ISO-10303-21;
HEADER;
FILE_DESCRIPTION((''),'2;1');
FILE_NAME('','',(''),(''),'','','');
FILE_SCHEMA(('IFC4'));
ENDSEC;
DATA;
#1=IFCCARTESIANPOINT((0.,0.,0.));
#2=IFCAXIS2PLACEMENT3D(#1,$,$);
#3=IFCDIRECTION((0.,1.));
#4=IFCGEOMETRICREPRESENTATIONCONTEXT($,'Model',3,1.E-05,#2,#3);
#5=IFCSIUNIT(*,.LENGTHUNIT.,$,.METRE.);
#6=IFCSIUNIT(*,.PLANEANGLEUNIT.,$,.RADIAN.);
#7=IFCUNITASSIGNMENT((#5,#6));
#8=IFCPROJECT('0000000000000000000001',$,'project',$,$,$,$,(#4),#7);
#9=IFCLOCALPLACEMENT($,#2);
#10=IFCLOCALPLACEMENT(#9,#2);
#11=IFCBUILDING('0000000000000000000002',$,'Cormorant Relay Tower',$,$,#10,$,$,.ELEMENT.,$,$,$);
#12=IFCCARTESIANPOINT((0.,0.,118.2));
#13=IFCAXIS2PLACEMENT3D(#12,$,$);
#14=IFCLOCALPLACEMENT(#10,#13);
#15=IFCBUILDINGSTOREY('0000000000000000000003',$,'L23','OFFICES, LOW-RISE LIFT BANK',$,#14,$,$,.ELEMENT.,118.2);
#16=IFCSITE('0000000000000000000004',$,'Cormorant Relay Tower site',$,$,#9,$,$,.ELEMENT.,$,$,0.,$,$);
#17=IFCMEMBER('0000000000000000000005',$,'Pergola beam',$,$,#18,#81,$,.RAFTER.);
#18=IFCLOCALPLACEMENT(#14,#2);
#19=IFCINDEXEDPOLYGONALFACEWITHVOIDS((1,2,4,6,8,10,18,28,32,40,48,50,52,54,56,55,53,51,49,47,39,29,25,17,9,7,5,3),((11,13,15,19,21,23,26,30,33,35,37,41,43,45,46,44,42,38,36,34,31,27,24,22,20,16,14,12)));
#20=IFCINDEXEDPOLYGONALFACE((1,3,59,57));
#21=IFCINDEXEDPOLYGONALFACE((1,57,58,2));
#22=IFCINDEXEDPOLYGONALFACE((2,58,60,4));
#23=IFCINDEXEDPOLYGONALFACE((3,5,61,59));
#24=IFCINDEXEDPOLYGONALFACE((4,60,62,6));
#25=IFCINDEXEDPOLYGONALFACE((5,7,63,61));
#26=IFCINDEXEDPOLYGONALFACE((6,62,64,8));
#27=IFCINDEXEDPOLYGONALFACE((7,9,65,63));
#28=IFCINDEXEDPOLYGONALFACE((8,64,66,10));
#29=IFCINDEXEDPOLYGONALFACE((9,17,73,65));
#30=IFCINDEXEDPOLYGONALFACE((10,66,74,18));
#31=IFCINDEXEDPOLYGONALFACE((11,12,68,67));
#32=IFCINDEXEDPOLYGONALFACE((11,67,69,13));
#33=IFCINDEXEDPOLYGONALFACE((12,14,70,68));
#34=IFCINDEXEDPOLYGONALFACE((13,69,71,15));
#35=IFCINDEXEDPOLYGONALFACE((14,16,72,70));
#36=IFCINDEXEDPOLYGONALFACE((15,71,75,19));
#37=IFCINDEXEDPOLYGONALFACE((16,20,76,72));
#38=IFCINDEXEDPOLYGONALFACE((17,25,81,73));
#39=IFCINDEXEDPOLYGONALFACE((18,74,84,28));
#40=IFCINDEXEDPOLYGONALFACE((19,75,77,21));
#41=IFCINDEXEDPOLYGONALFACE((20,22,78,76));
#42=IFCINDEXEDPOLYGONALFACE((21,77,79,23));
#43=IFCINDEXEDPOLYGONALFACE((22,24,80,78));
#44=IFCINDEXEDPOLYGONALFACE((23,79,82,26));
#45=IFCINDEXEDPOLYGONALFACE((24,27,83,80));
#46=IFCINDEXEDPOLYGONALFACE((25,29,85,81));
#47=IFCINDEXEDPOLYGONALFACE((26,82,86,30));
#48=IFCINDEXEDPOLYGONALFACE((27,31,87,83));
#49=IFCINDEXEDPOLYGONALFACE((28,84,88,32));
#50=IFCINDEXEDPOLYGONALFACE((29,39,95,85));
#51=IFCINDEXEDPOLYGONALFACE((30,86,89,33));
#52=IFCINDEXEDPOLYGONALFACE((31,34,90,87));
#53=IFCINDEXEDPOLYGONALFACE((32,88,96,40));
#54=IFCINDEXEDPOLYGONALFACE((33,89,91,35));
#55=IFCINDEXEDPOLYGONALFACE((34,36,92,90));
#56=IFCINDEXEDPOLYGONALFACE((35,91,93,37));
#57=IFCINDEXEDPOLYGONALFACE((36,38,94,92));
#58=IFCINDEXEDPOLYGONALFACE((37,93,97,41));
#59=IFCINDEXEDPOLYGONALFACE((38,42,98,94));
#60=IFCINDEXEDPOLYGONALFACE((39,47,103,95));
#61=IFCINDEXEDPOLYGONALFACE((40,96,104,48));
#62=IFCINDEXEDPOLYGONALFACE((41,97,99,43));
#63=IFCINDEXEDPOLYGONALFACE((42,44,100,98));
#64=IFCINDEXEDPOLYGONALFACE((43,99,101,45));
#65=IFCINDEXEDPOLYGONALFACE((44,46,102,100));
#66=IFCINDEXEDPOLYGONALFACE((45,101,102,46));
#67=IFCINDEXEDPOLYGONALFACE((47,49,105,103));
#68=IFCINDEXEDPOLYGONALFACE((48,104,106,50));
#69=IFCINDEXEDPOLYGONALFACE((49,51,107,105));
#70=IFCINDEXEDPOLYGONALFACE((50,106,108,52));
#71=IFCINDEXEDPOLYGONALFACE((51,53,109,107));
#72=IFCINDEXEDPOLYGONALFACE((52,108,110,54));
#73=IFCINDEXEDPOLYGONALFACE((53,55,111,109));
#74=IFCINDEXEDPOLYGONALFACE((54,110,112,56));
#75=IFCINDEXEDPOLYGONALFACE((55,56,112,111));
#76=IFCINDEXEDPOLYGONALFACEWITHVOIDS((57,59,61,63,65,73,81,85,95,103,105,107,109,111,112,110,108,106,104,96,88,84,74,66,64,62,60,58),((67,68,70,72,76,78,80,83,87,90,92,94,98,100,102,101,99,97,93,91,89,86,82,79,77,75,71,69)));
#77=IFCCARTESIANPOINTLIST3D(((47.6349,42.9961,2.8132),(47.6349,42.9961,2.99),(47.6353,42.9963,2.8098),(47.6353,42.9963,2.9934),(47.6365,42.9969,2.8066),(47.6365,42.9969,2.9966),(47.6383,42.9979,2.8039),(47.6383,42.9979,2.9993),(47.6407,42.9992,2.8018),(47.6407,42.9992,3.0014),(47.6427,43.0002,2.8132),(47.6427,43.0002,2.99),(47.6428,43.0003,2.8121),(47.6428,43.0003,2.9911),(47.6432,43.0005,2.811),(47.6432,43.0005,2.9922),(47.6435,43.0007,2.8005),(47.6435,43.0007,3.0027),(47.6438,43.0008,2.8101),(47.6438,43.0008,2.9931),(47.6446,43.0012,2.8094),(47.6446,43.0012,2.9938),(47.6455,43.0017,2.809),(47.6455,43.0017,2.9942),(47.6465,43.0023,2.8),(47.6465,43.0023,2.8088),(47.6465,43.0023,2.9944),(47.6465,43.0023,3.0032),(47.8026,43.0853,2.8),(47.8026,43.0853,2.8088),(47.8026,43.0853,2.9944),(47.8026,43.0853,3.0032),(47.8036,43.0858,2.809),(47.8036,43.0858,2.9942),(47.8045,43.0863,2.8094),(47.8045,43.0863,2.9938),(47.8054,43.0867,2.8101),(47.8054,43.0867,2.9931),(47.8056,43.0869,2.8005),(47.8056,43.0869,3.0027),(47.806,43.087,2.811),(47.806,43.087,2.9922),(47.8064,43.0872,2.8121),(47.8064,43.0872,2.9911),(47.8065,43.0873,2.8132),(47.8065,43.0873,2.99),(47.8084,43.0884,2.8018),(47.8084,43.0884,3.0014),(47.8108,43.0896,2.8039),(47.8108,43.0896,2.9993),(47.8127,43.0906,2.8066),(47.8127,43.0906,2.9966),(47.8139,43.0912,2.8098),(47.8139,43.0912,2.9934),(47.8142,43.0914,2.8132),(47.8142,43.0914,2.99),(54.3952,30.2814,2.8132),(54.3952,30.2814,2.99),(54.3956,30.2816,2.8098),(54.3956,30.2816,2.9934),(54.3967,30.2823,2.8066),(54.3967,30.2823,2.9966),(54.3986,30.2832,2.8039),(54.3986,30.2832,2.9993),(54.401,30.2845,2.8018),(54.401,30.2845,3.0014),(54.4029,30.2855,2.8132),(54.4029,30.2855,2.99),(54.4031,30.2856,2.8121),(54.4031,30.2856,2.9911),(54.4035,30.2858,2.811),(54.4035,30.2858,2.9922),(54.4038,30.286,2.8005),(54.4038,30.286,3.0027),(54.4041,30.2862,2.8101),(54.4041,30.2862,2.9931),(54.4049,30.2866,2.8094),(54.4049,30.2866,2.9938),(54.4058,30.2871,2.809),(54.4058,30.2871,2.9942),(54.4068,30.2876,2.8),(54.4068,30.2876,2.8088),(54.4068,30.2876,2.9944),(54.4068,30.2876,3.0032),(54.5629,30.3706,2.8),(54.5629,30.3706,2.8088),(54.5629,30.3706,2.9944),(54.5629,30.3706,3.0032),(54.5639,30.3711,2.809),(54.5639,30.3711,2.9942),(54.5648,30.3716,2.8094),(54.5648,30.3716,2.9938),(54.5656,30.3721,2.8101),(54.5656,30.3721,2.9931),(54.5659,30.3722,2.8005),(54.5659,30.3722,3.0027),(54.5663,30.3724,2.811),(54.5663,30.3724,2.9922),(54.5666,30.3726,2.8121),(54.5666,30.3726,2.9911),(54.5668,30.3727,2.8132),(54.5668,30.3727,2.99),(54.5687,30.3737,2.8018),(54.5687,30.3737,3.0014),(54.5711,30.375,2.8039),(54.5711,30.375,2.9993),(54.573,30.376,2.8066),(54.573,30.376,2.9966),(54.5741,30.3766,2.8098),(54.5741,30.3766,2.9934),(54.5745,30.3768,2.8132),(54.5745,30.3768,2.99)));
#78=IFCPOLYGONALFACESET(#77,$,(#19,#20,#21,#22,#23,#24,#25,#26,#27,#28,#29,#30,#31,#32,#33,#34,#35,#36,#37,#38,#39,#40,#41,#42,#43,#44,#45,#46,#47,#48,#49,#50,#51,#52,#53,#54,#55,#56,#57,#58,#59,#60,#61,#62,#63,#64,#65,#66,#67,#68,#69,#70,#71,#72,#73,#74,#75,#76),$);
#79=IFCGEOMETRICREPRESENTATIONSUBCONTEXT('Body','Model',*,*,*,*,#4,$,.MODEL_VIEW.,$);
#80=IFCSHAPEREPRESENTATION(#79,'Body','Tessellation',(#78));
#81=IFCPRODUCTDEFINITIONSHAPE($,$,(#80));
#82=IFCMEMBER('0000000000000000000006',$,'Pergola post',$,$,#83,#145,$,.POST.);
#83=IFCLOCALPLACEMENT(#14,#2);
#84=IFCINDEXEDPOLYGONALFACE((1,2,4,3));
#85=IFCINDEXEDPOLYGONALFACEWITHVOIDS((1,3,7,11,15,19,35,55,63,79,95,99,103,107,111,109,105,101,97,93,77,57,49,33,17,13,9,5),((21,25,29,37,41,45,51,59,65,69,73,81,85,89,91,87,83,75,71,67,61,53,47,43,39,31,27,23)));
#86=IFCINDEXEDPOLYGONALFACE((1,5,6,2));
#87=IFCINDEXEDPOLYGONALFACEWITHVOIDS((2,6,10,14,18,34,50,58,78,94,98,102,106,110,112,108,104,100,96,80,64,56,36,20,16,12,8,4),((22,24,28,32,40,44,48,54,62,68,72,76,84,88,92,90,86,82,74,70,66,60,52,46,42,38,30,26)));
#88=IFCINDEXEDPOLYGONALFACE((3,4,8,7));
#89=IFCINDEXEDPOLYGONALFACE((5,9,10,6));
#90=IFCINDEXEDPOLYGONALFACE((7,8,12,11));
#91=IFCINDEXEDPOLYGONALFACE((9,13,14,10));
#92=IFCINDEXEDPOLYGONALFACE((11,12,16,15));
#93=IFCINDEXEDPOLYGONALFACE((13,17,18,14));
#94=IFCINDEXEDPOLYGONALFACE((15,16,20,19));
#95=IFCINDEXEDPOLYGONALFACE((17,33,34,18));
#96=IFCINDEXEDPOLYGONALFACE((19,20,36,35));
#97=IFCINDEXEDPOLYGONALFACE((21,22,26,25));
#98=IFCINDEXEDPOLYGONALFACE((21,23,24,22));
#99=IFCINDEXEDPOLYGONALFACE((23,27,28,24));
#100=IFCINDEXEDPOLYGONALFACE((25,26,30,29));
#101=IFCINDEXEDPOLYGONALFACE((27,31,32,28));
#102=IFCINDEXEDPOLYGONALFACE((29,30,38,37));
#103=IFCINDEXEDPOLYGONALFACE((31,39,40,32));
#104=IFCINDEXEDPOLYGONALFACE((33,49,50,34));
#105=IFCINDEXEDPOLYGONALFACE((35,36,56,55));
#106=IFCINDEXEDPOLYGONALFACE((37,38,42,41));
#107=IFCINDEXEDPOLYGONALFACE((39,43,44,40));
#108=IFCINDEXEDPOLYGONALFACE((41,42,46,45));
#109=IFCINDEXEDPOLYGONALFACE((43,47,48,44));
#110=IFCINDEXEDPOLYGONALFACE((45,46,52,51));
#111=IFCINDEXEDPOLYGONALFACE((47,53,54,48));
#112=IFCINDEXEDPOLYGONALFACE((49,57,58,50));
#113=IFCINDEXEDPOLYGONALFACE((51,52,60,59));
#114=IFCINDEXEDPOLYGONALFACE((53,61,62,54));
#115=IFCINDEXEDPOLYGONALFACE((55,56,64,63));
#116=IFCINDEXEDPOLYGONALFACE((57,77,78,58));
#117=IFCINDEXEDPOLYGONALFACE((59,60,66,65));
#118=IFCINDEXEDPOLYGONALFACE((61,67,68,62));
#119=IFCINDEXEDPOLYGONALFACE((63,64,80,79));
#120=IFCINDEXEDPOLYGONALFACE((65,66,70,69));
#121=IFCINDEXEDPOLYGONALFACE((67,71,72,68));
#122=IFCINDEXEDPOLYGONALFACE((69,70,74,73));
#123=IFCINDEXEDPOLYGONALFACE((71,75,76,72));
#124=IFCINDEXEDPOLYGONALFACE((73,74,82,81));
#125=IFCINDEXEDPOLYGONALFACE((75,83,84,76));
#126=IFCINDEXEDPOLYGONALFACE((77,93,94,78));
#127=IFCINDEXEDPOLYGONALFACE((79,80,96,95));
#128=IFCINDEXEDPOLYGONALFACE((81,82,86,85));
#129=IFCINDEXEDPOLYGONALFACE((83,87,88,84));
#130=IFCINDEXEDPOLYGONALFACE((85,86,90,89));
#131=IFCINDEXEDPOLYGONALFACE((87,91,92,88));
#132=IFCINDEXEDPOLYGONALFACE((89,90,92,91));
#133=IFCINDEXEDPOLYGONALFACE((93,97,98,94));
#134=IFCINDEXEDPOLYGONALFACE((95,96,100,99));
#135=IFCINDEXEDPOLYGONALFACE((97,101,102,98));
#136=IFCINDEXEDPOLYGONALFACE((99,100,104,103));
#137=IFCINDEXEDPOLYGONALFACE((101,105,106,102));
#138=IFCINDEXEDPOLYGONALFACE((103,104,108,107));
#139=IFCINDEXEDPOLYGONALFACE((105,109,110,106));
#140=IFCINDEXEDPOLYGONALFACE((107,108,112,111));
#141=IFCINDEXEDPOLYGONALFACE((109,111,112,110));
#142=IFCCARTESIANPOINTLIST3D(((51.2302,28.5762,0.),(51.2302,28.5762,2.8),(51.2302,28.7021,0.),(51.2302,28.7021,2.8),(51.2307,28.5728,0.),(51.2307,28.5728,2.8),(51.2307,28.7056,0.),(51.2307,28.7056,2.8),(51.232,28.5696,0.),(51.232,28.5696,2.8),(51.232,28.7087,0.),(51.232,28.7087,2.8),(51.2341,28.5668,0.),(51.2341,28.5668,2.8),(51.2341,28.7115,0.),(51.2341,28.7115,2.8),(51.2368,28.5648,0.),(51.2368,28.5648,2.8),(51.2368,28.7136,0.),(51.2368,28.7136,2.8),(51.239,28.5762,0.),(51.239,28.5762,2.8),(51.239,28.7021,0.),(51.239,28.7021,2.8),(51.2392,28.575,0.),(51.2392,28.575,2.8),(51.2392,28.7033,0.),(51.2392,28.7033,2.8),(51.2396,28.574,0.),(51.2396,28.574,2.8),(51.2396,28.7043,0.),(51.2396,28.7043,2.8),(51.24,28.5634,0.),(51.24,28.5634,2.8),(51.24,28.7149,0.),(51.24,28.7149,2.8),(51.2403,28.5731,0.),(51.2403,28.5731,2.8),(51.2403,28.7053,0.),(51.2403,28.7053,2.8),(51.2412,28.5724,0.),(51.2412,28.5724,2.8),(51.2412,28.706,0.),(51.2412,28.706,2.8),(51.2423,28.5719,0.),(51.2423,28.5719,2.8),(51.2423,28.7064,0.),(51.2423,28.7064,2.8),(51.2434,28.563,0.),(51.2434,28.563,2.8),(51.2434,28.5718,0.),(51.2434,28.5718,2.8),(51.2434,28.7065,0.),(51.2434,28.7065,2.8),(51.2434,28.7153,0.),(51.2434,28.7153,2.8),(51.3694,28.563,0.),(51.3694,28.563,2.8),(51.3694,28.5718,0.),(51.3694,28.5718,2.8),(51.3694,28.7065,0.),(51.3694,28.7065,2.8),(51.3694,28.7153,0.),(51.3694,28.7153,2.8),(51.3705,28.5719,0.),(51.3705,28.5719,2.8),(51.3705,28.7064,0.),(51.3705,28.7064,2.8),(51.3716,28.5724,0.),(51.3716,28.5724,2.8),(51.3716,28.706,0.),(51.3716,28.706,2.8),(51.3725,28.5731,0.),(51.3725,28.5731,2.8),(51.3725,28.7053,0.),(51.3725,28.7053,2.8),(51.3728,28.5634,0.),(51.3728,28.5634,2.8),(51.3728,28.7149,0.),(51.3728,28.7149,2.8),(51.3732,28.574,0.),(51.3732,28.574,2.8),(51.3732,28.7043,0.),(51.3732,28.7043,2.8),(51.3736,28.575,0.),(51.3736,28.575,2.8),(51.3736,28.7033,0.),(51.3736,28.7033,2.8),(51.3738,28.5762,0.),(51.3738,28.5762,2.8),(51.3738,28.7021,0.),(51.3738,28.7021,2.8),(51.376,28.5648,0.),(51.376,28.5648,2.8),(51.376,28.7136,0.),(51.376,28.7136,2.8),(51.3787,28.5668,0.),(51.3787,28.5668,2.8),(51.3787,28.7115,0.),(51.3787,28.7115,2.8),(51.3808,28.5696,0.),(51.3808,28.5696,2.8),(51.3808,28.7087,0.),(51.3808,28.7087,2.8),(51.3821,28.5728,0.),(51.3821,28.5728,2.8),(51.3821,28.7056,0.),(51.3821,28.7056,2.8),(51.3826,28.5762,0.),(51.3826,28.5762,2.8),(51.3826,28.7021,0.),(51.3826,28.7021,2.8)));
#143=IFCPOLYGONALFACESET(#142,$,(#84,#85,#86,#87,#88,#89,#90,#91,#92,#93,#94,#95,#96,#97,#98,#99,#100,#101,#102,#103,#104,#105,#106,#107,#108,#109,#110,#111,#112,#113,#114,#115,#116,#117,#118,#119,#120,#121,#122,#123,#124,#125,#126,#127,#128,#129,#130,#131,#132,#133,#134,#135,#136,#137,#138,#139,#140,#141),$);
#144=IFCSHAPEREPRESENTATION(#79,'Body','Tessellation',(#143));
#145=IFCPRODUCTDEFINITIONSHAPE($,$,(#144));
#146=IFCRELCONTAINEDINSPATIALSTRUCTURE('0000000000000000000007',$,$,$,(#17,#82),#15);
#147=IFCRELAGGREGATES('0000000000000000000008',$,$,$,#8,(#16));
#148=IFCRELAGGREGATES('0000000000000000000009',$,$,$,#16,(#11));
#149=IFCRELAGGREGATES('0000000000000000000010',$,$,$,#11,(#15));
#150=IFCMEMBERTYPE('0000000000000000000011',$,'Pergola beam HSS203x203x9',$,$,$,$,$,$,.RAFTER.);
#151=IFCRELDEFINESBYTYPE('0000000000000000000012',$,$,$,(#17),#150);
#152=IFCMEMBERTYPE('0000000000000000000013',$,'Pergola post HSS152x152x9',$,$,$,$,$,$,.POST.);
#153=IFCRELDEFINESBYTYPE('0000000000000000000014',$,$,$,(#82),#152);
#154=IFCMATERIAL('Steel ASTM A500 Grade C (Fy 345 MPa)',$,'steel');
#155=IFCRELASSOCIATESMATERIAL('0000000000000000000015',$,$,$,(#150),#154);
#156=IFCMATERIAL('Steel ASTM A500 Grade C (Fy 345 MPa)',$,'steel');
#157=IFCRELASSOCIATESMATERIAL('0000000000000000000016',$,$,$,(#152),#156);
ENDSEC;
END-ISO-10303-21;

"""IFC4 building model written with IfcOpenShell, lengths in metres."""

from ifc_helpers import new_model, si_unit, direction, frame, origin, origin_2d, place, context, subcontext, project, spatial, hollow_rectangle, extrude, material, material_profile, profile_set, type_object, element, save


model = new_model("IFC4")

# Units and contexts
model_context = context("Model", 3, precision=1e-05, world=origin(), true_north=direction((0.0, 1.0)))
body_context = subcontext(model_context, "Body", "Model", "MODEL_VIEW")
ifc_project = project(units=[si_unit("LENGTHUNIT", "METRE"), si_unit("PLANEANGLEUNIT", "RADIAN")], contexts=[model_context])

# Site, building, storey
site_placement = place(None, origin())
site = spatial("IfcSite", under=ifc_project, at=site_placement, Name="Cormorant Relay Tower site", CompositionType="ELEMENT", RefElevation=0.0)
building_placement = place(site_placement, origin())
building = spatial("IfcBuilding", under=site, at=building_placement, Name="Cormorant Relay Tower", CompositionType="ELEMENT")
storey_placement = place(building_placement, frame((0.0, 0.0, 118.2)))
storey = spatial("IfcBuildingStorey", under=building, at=storey_placement, Name="L23", Description="OFFICES, LOW-RISE LIFT BANK", CompositionType="ELEMENT", Elevation=118.2)

# Members
ifc_material_1 = material(Name="Steel ASTM A500 Grade C (Fy 345 MPa)", Category="steel")
ifc_material_profile_1 = material_profile(ifc_material_1, hollow_rectangle(XDim=0.2031, YDim=0.2031, WallThickness=0.0088, InnerFilletRadius=0.0044, OuterFilletRadius=0.0132, at=origin_2d()), Name="HSS203x203x9")
ifc_profile_set_1 = profile_set([ifc_material_profile_1], Name="Steel ASTM A500 Grade C (Fy 345 MPa)")
member_type_1 = type_object("IfcMemberType", Name="Pergola beam HSS203x203x9", PredefinedType="RAFTER", material=ifc_profile_set_1)
member_1_placement = place(storey_placement, frame((54.4849, 30.3291, 2.9016), z_axis=(-0.46946, 0.882954, 0.0), x_axis=(-0.882954, -0.46946, 0.0)))
element("IfcMember", 1, at=member_1_placement, inside=storey, type_object=member_type_1, Name="Pergola beam", PredefinedType="RAFTER", context=body_context, shape_type="SweptSolid", body=[
    extrude(hollow_rectangle(XDim=0.2031, YDim=0.2031, WallThickness=0.0088, InnerFilletRadius=0.0044, OuterFilletRadius=0.0132, at=origin_2d()), origin(), (0.0, 0.0, 1.0), 14.4001),
])
ifc_material_2 = material(Name="Steel ASTM A500 Grade C (Fy 345 MPa)", Category="steel")
ifc_material_profile_2 = material_profile(ifc_material_2, hollow_rectangle(XDim=0.1523, YDim=0.1523, WallThickness=0.0088, InnerFilletRadius=0.0044, OuterFilletRadius=0.0132, at=origin_2d()), Name="HSS152x152x9")
ifc_profile_set_2 = profile_set([ifc_material_profile_2], Name="Steel ASTM A500 Grade C (Fy 345 MPa)")
member_type_2 = type_object("IfcMemberType", Name="Pergola post HSS152x152x9", PredefinedType="POST", material=ifc_profile_set_2)
for number, where, z_axis, x_axis, name in (
    (2, (51.3064, 28.6392, 0.0), (0.0, 0.0, 1.0), (1.0, 0.0, 0.0), "Pergola post"),
):
    element("IfcMember", number, at=place(storey_placement, frame(where, z_axis=z_axis, x_axis=x_axis)), inside=storey, type_object=member_type_2, Name=name, PredefinedType="POST", context=body_context, shape_type="SweptSolid", body=[
        extrude(hollow_rectangle(XDim=0.1523, YDim=0.1523, WallThickness=0.0088, InnerFilletRadius=0.0044, OuterFilletRadius=0.0132, at=origin_2d()), origin(), (0.0, 0.0, 1.0), 2.8),
    ])

save(model, "model.ifc")
